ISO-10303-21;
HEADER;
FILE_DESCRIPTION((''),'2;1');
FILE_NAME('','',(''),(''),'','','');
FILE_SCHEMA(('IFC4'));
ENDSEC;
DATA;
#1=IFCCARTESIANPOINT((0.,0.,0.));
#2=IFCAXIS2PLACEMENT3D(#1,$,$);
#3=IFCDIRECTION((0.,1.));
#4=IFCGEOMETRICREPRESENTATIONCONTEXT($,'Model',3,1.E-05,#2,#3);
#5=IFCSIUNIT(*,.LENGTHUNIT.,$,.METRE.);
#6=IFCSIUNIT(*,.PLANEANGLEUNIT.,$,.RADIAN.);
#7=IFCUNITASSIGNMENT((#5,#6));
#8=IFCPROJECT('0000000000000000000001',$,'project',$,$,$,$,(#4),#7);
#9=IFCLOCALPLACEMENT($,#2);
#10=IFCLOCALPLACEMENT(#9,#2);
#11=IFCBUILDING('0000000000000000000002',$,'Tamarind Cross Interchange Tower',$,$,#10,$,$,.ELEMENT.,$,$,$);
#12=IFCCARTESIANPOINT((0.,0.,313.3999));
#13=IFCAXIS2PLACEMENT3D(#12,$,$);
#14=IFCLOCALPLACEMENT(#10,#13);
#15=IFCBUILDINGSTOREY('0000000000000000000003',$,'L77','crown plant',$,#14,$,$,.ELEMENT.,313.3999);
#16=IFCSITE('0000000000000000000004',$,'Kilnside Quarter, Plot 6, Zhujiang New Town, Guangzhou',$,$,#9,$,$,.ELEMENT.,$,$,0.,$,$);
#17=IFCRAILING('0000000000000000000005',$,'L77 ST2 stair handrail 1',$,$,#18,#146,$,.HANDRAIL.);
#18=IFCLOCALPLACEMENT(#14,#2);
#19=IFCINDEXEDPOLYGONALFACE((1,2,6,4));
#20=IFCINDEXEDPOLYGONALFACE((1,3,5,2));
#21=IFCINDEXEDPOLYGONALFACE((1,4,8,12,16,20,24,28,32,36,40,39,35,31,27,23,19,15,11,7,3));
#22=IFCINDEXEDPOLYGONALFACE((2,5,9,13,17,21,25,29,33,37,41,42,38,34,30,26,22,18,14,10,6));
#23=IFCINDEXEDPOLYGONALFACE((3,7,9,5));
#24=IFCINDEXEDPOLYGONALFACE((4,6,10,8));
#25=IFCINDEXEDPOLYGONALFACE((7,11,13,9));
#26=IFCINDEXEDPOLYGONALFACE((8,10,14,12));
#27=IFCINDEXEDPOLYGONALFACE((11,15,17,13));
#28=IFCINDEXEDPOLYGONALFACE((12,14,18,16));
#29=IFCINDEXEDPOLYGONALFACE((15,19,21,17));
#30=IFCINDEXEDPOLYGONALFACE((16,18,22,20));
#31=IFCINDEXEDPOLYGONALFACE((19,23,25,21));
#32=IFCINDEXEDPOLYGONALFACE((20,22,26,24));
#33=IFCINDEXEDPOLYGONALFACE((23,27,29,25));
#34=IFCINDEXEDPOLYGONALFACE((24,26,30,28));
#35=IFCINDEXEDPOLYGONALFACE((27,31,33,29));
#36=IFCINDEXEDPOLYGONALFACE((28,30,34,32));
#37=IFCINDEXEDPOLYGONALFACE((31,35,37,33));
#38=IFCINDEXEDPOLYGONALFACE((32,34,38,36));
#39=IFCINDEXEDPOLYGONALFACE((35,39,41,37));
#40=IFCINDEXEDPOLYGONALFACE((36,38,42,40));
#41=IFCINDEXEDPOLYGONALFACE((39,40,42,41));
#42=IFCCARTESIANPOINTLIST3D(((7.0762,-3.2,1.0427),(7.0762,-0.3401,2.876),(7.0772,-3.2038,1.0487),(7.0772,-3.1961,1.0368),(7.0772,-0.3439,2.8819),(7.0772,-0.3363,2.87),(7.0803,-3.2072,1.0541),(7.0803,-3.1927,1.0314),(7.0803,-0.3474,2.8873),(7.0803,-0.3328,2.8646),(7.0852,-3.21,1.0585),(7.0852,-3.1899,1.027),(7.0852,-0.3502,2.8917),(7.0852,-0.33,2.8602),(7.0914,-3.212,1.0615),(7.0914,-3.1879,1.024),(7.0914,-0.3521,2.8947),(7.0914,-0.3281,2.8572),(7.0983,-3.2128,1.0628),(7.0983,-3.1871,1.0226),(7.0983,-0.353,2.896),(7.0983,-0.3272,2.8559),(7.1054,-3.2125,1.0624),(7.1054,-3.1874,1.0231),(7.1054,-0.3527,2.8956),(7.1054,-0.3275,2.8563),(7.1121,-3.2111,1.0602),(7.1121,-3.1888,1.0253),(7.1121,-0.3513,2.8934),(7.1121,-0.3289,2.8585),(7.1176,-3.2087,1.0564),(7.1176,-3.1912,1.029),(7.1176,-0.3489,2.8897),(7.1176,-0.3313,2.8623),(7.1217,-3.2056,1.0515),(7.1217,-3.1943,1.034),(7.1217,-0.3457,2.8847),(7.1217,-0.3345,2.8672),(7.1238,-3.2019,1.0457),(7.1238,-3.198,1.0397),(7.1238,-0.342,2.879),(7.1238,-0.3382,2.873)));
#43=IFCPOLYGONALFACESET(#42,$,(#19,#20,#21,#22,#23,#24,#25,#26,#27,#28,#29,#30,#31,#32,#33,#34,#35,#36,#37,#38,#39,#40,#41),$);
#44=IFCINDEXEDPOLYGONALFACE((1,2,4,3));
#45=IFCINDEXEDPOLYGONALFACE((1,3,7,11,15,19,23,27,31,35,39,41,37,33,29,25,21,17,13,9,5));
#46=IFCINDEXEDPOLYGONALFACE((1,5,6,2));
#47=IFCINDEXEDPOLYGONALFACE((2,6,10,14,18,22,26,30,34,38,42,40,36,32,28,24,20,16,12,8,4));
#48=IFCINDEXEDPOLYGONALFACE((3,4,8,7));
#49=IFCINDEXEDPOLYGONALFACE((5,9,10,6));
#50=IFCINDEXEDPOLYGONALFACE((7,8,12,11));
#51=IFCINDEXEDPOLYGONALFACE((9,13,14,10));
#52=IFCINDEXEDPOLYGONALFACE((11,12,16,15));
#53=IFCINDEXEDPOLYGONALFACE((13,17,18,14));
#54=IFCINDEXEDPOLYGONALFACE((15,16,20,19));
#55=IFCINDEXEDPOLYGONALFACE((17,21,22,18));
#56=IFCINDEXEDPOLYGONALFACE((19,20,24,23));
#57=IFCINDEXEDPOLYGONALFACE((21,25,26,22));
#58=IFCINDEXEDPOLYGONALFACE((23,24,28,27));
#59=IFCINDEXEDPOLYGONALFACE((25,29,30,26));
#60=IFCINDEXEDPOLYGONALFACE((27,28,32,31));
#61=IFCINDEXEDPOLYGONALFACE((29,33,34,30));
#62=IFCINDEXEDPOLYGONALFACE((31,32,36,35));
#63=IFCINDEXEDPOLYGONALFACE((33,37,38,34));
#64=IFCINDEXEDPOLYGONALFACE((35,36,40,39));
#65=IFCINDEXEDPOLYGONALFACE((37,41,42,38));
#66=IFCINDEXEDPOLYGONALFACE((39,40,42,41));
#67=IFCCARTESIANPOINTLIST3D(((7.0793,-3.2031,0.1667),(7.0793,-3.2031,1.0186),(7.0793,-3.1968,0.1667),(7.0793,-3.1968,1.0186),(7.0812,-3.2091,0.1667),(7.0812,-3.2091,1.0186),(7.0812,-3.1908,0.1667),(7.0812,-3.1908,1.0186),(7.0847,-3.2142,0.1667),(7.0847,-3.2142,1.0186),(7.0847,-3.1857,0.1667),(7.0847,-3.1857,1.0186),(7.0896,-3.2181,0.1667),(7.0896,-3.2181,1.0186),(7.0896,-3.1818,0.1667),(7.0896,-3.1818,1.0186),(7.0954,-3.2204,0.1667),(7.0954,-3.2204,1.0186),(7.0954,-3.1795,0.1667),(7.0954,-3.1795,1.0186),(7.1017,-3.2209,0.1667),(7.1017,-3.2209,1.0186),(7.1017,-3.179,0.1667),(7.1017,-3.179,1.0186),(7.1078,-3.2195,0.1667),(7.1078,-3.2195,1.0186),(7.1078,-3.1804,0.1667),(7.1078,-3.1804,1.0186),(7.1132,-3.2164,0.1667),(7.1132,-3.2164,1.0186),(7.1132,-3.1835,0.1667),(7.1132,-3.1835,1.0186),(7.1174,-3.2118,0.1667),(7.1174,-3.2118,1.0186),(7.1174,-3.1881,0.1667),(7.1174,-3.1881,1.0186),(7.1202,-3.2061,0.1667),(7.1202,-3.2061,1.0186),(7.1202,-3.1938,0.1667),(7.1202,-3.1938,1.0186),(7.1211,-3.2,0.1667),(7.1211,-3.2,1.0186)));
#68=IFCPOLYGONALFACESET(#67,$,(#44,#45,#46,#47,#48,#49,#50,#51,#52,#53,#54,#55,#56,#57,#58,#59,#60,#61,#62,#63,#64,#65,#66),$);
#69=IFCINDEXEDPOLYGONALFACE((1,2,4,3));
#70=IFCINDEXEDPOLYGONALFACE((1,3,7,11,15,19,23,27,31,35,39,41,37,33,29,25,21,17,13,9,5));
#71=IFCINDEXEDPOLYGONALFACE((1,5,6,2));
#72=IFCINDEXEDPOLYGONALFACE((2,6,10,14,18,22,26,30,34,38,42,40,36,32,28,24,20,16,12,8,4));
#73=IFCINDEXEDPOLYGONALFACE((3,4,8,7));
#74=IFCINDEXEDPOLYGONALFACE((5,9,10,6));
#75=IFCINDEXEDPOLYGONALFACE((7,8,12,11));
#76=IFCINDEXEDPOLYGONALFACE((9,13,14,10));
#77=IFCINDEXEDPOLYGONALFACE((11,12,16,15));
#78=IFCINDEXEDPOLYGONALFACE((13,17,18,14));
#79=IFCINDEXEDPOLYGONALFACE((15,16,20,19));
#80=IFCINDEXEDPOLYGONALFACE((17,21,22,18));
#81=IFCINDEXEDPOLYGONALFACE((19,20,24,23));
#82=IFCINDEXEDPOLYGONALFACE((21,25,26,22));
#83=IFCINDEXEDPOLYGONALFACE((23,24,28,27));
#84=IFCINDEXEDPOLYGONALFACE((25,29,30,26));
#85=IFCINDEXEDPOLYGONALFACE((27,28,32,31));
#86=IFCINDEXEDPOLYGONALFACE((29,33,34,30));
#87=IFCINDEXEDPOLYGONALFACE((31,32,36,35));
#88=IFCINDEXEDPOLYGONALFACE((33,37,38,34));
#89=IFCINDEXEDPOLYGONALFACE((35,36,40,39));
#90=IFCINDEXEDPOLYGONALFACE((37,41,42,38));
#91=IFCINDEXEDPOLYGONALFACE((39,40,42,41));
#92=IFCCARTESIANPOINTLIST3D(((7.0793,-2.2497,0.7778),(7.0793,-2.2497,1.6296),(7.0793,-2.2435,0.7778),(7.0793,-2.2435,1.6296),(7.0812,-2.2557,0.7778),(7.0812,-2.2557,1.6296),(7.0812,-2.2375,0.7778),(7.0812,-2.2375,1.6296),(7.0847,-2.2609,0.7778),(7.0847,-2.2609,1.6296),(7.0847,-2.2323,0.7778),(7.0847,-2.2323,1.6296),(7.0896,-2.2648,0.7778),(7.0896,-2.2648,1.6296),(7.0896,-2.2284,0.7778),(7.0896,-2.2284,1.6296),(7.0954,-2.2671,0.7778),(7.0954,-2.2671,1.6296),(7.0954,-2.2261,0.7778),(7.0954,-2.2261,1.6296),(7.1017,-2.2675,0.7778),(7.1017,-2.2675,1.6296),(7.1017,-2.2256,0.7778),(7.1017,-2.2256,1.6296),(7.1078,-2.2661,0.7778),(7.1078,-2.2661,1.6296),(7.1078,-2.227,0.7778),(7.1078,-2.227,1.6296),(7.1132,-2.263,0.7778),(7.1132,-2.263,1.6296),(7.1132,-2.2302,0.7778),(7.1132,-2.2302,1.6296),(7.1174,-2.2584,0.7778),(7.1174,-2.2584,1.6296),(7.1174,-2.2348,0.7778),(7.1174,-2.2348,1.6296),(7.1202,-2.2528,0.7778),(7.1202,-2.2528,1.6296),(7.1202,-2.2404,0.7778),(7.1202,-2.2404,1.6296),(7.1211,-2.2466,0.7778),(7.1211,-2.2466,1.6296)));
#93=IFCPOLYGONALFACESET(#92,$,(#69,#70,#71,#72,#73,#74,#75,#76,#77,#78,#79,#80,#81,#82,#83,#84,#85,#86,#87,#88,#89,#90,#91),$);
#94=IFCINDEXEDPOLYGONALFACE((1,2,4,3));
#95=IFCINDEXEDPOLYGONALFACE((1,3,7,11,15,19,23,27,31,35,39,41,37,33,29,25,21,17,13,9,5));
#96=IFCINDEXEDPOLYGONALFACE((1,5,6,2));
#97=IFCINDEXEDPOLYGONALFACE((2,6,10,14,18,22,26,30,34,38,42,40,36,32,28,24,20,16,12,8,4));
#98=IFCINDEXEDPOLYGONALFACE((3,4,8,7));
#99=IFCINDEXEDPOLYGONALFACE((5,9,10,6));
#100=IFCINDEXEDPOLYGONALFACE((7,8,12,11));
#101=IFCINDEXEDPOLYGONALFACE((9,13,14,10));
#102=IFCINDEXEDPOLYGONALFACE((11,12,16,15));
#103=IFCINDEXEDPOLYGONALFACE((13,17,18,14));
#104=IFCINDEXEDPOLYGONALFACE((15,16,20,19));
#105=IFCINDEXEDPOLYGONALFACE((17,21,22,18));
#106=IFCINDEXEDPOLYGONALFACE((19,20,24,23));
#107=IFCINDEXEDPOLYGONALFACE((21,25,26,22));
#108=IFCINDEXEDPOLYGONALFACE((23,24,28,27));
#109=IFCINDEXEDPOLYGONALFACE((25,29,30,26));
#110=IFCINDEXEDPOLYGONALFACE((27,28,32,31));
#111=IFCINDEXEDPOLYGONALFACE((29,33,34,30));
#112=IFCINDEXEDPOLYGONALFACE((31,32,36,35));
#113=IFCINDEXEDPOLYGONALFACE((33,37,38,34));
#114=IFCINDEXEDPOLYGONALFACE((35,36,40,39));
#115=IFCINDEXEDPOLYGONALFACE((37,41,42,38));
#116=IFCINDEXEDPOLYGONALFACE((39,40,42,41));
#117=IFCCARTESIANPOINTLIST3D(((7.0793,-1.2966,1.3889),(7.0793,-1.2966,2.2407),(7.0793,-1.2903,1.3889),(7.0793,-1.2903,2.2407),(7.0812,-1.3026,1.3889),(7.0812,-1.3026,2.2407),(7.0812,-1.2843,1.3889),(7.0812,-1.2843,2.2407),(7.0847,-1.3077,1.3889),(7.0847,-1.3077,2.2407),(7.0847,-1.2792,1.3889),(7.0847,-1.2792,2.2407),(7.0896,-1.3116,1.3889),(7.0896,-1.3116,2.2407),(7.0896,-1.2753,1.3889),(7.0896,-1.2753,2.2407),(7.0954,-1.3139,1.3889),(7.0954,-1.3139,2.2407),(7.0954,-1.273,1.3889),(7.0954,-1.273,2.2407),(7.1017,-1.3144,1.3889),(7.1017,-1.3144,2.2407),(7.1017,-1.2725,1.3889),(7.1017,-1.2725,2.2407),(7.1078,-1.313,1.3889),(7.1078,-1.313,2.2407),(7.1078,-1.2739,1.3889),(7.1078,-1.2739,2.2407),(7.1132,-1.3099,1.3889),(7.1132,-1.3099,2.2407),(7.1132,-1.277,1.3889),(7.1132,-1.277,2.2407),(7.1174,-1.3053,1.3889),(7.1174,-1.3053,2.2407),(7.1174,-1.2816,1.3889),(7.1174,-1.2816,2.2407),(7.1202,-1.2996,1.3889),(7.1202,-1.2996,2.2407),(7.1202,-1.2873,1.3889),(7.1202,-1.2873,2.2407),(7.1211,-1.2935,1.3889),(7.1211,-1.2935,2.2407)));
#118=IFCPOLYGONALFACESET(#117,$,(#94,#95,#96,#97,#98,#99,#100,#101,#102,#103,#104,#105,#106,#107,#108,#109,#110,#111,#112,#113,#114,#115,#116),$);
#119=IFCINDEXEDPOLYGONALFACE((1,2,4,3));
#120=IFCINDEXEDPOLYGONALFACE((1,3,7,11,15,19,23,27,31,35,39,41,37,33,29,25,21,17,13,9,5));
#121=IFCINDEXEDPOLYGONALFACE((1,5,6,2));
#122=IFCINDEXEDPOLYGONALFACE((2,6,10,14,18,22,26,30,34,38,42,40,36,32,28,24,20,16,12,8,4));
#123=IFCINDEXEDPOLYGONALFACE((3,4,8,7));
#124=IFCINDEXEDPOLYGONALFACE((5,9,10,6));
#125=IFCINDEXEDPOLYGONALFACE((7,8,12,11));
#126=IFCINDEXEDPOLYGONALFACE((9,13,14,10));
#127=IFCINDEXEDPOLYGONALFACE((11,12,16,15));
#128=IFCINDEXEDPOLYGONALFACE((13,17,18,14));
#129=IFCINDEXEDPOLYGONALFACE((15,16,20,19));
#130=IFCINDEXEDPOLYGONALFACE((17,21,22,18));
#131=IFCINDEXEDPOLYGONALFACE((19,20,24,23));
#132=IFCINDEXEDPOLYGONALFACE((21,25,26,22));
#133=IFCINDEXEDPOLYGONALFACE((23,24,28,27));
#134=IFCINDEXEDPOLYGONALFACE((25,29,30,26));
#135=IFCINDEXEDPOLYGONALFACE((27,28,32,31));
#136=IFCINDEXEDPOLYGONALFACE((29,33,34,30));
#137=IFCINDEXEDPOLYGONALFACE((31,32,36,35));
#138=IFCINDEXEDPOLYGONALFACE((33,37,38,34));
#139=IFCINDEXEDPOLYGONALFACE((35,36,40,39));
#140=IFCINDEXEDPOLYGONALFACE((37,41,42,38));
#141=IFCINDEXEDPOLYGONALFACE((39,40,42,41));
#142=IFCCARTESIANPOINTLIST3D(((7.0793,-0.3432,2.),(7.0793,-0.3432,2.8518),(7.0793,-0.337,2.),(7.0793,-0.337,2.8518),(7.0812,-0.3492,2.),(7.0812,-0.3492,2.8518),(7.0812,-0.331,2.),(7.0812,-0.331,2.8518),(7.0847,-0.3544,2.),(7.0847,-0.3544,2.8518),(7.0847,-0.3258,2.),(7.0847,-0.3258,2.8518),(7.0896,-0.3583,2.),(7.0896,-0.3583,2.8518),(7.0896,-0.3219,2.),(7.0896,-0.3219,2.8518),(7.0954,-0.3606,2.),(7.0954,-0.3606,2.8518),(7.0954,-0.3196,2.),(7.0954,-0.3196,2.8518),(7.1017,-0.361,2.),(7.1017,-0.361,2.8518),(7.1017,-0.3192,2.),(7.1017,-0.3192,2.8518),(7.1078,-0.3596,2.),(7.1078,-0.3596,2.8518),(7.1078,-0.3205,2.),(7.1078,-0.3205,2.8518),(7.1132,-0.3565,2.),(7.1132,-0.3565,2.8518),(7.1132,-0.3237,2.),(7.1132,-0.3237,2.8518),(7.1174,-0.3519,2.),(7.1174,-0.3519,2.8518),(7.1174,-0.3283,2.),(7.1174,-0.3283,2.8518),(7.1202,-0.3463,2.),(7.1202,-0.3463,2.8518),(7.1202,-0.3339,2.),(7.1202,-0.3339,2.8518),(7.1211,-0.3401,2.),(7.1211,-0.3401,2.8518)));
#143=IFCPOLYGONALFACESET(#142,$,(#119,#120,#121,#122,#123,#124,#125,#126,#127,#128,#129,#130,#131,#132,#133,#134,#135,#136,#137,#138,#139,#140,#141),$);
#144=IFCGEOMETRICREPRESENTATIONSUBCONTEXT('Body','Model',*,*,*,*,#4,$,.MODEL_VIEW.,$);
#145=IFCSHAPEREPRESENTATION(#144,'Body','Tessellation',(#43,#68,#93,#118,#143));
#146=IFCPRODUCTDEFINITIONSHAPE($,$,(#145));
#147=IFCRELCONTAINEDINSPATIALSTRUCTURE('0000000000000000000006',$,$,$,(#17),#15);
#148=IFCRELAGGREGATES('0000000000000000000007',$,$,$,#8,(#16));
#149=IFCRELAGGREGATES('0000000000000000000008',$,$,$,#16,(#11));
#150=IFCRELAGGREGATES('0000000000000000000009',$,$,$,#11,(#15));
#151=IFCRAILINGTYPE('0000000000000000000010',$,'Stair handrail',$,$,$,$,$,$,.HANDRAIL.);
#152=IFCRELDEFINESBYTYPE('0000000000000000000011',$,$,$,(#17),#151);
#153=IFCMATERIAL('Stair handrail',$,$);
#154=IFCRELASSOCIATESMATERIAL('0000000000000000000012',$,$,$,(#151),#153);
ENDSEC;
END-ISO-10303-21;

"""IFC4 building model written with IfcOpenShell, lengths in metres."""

from ifc_helpers import new_model, si_unit, direction, frame, origin, origin_2d, place, context, subcontext, project, spatial, circle, extrude, material, type_object, element, save


model = new_model("IFC4")

# Units and contexts
model_context = context("Model", 3, precision=1e-05, world=origin(), true_north=direction((0.0, 1.0)))
body_context = subcontext(model_context, "Body", "Model", "MODEL_VIEW")
ifc_project = project(units=[si_unit("LENGTHUNIT", "METRE"), si_unit("PLANEANGLEUNIT", "RADIAN")], contexts=[model_context])

# Site, building, storey
site_placement = place(None, origin())
site = spatial("IfcSite", under=ifc_project, at=site_placement, Name="Kilnside Quarter, Plot 6, Zhujiang New Town, Guangzhou", CompositionType="ELEMENT", RefElevation=0.0)
building_placement = place(site_placement, origin())
building = spatial("IfcBuilding", under=site, at=building_placement, Name="Tamarind Cross Interchange Tower", CompositionType="ELEMENT")
storey_placement = place(building_placement, frame((0.0, 0.0, 313.3999)))
storey = spatial("IfcBuildingStorey", under=building, at=storey_placement, Name="L77", Description="crown plant", CompositionType="ELEMENT", Elevation=313.3999)

# Railing
ifc_material_1 = material(Name="Stair handrail")
railing_type_1 = type_object("IfcRailingType", Name="Stair handrail", PredefinedType="HANDRAIL", material=ifc_material_1)
railing_1_placement = place(storey_placement, frame((7.1001, -3.2, 0.1667)))
element("IfcRailing", 1, at=railing_1_placement, inside=storey, type_object=railing_type_1, Name="L77 ST2 stair handrail 1", PredefinedType="HANDRAIL", context=body_context, shape_type="SweptSolid", body=[
    extrude(circle(Radius=0.0239, at=origin_2d()), frame((0.0, 0.0, 0.876), z_axis=(0.0, 0.841878, 0.539667), x_axis=(-1.0, 0.0, 0.0)), (0.0, 0.0, 1.0), 3.397),
    extrude(circle(Radius=0.021, at=origin_2d()), origin(), (0.0, 0.0, 1.0), 0.8518),
    extrude(circle(Radius=0.021, at=origin_2d()), frame((0.0, 0.9534, 0.6111)), (0.0, 0.0, 1.0), 0.8518),
    extrude(circle(Radius=0.021, at=origin_2d()), frame((0.0, 1.9065, 1.2222)), (0.0, 0.0, 1.0), 0.8518),
    extrude(circle(Radius=0.021, at=origin_2d()), frame((0.0, 2.8599, 1.8333)), (0.0, 0.0, 1.0), 0.8518),
])

save(model, "model.ifc")
